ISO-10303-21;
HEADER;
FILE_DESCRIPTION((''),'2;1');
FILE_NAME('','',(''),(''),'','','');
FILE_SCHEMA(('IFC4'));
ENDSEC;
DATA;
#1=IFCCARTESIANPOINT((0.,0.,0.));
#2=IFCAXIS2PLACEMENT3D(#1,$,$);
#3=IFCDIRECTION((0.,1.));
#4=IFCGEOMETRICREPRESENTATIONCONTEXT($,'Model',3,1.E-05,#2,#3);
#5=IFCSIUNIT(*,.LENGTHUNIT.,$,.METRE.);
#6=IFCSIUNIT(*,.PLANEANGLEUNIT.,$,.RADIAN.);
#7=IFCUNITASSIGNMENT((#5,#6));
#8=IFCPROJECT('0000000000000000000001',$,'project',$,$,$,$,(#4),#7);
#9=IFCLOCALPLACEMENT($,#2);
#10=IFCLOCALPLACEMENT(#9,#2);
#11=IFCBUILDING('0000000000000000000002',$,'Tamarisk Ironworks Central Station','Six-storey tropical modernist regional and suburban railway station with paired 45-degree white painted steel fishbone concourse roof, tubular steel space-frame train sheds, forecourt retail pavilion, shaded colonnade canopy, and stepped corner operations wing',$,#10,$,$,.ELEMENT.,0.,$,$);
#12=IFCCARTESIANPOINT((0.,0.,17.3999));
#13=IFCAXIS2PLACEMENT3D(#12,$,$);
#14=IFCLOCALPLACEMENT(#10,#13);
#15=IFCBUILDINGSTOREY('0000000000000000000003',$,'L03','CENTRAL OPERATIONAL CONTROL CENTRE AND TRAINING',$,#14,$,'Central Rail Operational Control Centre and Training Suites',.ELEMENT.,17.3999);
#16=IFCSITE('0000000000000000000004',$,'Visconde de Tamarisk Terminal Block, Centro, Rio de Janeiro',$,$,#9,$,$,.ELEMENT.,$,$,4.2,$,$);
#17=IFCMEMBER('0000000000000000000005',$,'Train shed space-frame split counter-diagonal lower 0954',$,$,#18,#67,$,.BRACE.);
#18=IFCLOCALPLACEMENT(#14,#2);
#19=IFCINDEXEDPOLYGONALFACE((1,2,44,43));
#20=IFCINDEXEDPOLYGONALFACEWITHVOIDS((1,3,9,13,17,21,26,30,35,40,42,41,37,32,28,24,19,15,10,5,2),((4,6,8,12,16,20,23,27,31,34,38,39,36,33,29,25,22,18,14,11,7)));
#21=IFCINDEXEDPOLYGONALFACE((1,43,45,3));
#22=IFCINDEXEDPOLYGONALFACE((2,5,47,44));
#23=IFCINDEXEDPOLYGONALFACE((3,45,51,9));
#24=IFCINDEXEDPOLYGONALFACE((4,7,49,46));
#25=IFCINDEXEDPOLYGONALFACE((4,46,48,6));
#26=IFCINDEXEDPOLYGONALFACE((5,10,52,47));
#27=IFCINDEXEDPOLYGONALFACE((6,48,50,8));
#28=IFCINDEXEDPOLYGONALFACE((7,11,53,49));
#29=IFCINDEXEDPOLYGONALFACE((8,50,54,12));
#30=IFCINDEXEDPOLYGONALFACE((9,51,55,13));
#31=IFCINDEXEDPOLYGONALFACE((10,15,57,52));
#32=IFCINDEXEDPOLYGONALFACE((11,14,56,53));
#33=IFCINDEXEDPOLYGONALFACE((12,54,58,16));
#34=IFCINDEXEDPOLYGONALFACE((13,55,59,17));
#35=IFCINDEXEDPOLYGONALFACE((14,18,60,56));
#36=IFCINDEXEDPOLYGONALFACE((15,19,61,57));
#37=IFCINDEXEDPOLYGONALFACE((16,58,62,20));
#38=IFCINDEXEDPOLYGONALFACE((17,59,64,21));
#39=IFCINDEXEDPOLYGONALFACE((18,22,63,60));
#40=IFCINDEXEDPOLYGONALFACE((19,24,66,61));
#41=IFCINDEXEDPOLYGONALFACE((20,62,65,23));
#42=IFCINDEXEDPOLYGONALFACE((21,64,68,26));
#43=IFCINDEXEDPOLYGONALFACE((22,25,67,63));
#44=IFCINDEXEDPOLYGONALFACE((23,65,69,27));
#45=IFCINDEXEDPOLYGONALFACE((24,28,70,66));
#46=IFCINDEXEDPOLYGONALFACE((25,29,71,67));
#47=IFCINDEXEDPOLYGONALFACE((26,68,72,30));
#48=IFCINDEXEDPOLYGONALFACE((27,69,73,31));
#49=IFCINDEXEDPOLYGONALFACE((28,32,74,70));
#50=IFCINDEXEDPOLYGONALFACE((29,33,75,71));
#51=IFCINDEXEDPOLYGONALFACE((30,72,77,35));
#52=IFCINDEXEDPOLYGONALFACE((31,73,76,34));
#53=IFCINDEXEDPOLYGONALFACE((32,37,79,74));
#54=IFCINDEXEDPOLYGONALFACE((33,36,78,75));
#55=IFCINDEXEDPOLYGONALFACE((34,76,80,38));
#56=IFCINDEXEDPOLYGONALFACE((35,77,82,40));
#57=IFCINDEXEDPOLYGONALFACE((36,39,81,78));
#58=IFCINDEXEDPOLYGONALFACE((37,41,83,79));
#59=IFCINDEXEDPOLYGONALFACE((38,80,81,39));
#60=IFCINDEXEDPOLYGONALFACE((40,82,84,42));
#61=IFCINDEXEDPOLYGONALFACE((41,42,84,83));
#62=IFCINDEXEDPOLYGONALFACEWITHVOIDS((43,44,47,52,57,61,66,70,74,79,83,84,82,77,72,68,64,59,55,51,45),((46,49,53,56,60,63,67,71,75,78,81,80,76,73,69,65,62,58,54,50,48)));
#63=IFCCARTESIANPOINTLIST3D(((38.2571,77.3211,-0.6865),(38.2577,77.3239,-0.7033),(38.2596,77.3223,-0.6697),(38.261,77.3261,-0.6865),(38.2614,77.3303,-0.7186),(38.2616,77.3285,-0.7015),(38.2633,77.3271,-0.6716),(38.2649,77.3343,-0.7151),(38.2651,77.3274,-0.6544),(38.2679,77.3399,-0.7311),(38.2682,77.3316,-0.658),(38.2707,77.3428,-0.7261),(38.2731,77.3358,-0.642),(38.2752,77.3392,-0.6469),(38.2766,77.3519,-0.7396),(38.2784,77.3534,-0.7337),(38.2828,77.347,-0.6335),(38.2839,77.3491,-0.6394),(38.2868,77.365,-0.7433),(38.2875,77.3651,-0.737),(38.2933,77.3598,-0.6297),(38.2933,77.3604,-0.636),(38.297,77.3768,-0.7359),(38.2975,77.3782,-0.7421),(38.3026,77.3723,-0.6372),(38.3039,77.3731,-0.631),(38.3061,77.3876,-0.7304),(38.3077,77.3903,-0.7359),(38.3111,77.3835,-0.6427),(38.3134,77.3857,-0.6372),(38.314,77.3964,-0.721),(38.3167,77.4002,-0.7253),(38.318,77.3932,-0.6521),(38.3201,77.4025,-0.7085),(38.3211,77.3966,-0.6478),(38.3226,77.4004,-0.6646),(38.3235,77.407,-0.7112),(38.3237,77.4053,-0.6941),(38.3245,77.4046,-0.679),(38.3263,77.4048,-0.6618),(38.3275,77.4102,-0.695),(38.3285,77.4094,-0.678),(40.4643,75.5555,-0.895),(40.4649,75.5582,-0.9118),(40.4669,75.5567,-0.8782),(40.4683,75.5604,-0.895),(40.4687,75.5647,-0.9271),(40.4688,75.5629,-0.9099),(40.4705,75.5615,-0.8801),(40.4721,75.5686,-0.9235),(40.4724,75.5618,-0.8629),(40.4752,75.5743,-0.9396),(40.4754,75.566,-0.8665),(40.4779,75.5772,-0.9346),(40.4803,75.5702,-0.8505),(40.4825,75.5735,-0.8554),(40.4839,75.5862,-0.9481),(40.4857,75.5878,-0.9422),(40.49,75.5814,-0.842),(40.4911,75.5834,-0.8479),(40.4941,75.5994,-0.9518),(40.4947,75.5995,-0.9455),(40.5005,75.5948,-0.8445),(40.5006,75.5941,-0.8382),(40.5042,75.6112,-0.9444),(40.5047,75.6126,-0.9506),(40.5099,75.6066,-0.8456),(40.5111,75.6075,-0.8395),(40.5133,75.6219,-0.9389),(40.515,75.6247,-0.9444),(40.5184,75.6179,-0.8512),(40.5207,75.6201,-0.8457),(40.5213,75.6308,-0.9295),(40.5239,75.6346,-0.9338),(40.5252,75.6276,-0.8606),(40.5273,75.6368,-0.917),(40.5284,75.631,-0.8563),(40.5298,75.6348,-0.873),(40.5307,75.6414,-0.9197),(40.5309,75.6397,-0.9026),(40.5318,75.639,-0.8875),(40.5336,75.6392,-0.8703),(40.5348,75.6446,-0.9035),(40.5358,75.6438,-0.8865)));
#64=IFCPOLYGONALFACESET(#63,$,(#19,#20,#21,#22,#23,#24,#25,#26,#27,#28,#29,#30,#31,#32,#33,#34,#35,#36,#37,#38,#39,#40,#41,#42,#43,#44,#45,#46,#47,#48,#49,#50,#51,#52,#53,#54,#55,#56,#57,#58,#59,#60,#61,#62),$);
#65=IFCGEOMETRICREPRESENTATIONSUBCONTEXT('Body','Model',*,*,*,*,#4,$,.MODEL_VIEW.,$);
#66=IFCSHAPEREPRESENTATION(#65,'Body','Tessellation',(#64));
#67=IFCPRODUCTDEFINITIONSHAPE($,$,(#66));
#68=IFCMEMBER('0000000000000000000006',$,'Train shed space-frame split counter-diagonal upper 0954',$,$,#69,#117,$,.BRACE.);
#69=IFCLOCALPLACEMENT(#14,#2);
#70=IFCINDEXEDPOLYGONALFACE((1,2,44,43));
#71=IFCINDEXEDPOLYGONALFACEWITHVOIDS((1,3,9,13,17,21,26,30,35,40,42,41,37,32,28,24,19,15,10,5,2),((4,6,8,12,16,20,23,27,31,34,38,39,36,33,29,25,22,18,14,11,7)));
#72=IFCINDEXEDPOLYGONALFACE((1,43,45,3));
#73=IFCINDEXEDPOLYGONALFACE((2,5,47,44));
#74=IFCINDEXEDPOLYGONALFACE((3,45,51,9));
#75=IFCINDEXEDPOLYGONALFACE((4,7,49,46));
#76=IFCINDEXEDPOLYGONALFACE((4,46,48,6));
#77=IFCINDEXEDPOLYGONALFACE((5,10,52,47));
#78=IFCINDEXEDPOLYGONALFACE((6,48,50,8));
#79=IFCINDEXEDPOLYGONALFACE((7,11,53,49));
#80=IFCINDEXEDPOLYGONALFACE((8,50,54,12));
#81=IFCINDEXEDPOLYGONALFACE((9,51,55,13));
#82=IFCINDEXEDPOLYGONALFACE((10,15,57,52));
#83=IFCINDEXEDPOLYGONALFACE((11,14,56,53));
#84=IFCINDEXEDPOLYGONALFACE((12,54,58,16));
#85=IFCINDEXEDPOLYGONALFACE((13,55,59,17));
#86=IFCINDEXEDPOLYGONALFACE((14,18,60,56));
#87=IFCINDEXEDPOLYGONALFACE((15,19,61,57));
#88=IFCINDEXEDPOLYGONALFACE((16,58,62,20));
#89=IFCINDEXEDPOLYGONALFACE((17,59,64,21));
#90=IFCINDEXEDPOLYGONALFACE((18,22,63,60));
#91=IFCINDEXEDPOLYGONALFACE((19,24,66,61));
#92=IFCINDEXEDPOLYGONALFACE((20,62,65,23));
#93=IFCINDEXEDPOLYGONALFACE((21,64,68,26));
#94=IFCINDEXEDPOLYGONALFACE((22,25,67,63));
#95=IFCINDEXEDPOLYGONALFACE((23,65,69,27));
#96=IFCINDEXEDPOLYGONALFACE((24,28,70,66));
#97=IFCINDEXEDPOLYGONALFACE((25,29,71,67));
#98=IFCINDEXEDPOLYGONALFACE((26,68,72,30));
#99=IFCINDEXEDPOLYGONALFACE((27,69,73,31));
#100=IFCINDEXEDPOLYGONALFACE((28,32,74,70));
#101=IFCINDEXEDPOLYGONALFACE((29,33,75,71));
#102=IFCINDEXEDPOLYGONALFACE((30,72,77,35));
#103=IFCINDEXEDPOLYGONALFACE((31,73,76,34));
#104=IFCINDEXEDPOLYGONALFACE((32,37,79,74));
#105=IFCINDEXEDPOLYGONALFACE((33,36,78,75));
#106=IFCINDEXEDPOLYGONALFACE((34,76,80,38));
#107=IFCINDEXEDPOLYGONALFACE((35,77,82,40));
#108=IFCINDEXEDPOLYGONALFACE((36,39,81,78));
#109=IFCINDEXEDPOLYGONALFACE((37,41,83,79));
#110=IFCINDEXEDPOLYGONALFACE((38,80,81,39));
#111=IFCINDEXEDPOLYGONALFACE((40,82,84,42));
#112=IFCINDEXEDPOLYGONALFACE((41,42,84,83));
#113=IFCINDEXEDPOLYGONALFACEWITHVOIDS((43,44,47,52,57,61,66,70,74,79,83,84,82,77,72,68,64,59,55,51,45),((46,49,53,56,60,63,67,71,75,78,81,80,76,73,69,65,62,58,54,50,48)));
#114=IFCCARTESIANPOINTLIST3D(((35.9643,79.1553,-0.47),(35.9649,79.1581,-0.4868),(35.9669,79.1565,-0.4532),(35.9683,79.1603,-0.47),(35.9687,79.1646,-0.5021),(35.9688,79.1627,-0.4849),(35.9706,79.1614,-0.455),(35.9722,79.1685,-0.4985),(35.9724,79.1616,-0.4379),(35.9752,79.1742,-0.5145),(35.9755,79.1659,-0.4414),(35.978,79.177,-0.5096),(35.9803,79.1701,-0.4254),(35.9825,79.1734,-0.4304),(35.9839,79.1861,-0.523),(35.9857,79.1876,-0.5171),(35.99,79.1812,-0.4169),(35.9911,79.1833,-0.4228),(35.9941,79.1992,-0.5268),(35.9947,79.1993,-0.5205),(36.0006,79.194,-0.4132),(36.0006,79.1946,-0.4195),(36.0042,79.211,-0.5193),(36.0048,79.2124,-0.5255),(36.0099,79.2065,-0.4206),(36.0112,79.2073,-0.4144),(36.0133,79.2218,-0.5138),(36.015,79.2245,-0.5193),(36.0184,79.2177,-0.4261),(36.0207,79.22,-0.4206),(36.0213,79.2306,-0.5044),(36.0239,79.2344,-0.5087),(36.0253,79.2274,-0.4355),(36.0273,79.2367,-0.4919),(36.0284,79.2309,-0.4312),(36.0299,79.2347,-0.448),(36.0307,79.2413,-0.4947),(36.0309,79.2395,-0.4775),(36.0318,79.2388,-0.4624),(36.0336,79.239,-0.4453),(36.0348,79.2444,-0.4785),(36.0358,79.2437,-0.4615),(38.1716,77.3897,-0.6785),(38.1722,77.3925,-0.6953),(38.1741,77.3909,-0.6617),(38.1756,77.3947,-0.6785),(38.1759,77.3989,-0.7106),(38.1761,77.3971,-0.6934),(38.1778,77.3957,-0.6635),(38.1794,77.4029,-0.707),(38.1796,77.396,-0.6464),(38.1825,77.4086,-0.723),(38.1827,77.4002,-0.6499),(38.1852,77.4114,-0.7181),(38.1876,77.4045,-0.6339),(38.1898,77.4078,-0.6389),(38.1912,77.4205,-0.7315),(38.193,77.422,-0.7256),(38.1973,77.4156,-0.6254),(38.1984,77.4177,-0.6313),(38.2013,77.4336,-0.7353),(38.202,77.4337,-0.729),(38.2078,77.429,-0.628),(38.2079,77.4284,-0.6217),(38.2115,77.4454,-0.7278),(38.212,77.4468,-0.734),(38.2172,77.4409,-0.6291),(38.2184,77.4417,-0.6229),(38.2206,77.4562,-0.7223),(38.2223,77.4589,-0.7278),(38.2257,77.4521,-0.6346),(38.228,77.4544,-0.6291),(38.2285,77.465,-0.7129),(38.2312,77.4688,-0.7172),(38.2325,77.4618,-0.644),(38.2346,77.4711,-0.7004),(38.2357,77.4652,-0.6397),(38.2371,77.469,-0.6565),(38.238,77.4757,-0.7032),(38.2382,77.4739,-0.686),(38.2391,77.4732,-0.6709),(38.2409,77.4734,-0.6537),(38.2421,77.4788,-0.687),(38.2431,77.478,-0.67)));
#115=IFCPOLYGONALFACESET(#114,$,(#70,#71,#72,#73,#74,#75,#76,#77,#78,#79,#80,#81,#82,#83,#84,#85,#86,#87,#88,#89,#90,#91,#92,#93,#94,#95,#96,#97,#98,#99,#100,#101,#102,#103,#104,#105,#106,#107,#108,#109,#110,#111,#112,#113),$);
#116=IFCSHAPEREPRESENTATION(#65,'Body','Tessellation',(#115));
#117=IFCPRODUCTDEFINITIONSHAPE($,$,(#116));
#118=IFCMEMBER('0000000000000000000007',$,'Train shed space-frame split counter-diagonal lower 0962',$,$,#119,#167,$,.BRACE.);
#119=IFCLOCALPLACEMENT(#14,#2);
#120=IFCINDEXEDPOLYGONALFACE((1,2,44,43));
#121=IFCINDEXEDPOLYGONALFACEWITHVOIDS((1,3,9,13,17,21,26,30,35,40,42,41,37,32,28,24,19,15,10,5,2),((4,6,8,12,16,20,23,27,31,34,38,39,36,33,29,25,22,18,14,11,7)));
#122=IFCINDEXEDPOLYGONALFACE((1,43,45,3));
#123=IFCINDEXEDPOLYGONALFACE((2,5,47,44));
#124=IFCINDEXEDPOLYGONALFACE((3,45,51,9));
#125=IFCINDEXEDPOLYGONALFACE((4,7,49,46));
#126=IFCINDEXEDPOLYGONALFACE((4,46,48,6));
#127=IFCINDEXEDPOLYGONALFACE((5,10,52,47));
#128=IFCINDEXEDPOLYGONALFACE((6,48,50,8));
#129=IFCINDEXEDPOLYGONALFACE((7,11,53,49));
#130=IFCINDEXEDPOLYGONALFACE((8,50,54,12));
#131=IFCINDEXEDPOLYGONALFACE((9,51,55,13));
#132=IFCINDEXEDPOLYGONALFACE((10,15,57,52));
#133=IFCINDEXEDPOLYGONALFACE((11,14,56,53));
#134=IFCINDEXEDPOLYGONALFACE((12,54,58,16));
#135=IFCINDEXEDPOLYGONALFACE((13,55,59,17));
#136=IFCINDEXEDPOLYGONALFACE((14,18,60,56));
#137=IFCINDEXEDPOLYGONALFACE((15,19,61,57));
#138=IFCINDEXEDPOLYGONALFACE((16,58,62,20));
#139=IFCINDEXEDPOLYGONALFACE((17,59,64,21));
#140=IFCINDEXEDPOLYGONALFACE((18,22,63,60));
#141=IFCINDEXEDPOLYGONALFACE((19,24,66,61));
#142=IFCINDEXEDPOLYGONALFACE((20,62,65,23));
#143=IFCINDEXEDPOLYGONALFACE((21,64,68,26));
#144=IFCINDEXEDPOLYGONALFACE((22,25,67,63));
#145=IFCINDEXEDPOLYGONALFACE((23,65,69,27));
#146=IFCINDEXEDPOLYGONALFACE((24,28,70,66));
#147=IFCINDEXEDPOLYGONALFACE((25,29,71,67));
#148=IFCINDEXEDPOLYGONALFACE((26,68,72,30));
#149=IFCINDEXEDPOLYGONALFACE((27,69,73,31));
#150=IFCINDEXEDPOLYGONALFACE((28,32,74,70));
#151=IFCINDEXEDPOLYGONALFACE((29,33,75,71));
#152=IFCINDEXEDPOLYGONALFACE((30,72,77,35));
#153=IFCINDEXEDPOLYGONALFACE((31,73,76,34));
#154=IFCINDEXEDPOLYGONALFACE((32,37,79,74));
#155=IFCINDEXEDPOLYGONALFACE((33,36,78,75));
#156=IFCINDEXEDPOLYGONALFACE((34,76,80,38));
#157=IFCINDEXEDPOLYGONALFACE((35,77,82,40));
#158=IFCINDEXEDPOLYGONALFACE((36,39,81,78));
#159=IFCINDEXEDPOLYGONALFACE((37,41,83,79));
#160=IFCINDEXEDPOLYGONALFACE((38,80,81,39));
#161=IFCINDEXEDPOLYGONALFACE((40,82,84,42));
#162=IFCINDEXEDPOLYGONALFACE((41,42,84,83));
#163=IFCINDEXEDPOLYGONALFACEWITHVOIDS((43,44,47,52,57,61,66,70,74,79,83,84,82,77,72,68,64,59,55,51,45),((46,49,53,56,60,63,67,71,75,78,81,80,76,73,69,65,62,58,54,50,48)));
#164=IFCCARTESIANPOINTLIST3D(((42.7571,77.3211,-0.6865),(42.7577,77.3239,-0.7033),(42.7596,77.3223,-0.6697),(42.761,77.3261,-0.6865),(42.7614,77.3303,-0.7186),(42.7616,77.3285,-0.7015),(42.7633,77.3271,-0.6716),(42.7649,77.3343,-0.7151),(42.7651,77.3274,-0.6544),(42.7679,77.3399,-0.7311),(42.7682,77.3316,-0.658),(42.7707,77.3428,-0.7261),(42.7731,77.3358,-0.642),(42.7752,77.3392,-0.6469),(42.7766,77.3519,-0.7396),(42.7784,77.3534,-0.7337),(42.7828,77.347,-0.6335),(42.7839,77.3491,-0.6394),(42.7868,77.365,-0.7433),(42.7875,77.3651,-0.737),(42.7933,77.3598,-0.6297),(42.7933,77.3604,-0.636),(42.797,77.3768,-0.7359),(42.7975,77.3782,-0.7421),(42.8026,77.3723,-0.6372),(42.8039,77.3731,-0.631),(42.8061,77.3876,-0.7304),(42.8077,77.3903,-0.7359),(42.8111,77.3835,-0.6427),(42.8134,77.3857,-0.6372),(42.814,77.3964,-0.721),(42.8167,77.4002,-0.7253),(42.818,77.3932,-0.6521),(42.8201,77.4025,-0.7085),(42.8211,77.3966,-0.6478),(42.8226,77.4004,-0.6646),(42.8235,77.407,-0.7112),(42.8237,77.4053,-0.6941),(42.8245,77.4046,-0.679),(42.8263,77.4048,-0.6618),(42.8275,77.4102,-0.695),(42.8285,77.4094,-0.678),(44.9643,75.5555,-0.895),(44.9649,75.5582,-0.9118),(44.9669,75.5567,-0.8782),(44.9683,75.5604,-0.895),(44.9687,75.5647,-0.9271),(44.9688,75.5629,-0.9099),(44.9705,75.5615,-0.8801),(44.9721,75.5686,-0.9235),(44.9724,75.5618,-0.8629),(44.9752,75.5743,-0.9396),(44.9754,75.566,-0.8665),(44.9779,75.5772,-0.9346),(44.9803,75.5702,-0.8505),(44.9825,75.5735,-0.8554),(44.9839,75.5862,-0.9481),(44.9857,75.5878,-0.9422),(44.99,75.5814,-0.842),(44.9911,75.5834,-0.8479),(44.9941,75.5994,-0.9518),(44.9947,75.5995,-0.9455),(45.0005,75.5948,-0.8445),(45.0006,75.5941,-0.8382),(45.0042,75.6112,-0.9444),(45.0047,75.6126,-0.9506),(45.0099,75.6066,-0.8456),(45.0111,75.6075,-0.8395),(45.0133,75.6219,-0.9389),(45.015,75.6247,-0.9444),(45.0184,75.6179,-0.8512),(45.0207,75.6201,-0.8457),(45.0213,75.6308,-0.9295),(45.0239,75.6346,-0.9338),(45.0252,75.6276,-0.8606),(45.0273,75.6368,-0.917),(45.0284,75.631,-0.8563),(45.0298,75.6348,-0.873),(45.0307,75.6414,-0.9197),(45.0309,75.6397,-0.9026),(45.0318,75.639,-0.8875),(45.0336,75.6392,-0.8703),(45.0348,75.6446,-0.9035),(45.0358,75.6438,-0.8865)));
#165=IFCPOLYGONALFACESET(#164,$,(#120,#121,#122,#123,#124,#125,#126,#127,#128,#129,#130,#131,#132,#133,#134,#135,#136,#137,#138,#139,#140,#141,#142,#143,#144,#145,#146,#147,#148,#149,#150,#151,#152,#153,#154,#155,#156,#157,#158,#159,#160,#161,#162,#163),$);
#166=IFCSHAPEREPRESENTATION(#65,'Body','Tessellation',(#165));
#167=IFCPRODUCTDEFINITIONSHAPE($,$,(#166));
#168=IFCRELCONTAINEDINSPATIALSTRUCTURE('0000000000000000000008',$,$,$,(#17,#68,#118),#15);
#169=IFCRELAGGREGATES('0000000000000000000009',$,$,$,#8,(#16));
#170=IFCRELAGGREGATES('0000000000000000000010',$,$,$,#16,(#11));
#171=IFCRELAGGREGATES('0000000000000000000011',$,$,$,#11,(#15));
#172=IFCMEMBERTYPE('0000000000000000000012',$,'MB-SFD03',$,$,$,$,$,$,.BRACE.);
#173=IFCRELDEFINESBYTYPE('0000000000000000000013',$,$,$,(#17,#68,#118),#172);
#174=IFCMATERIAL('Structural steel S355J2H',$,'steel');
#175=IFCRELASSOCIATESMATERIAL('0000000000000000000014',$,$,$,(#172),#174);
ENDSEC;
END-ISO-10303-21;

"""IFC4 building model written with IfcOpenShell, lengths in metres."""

from ifc_helpers import new_model, si_unit, direction, frame, origin, origin_2d, place, context, subcontext, project, spatial, hollow_circle, extrude, material, material_profile, profile_set, type_object, element, save


model = new_model("IFC4")

# Units and contexts
model_context = context("Model", 3, precision=1e-05, world=origin(), true_north=direction((0.0, 1.0)))
body_context = subcontext(model_context, "Body", "Model", "MODEL_VIEW")
ifc_project = project(units=[si_unit("LENGTHUNIT", "METRE"), si_unit("PLANEANGLEUNIT", "RADIAN")], contexts=[model_context])

# Site, building, storey
site_placement = place(None, origin())
site = spatial("IfcSite", under=ifc_project, at=site_placement, Name="Visconde de Tamarisk Terminal Block, Centro, Rio de Janeiro", CompositionType="ELEMENT", RefElevation=4.2)
building_placement = place(site_placement, origin())
building = spatial("IfcBuilding", under=site, at=building_placement, Name="Tamarisk Ironworks Central Station", Description="Six-storey tropical modernist regional and suburban railway station with paired 45-degree white painted steel fishbone concourse roof, tubular steel space-frame train sheds, forecourt retail pavilion, shaded colonnade canopy, and stepped corner operations wing", CompositionType="ELEMENT", ElevationOfRefHeight=0.0)
storey_placement = place(building_placement, frame((0.0, 0.0, 17.3999)))
storey = spatial("IfcBuildingStorey", under=building, at=storey_placement, Name="L03", Description="CENTRAL OPERATIONAL CONTROL CENTRE AND TRAINING", LongName="Central Rail Operational Control Centre and Training Suites", CompositionType="ELEMENT", Elevation=17.3999)

# Members
ifc_material_1 = material(Name="Structural steel S355J2H", Category="steel")
ifc_material_profile_1 = material_profile(ifc_material_1, hollow_circle(Radius=0.0571, WallThickness=0.0063, at=origin_2d()), Name="CHS 114.3x6.3")
ifc_profile_set_1 = profile_set([ifc_material_profile_1], Name="Structural steel S355J2H")
member_type_1 = type_object("IfcMemberType", Name="MB-SFD03", PredefinedType="BRACE", material=ifc_profile_set_1)
for number, where, z_axis, x_axis, name in (
    (1, (40.5, 75.6001, -0.895), (-0.778787, 0.62296, 0.073563), (-0.624653, -0.780903, 0.0), "Train shed space-frame split counter-diagonal lower 0954"),
    (2, (38.2073, 77.4343, -0.6785), (-0.778787, 0.62296, 0.073563), (-0.624653, -0.780903, 0.0), "Train shed space-frame split counter-diagonal upper 0954"),
    (3, (45.0, 75.6001, -0.895), (-0.778787, 0.62296, 0.073563), (-0.624653, -0.780903, 0.0), "Train shed space-frame split counter-diagonal lower 0962"),
):
    element("IfcMember", number, at=place(storey_placement, frame(where, z_axis=z_axis, x_axis=x_axis)), inside=storey, type_object=member_type_1, Name=name, PredefinedType="BRACE", context=body_context, shape_type="SweptSolid", body=[
        extrude(hollow_circle(Radius=0.0571, WallThickness=0.0063, at=origin_2d()), origin(), (0.0, 0.0, 1.0), 2.8342),
    ])

save(model, "model.ifc")
